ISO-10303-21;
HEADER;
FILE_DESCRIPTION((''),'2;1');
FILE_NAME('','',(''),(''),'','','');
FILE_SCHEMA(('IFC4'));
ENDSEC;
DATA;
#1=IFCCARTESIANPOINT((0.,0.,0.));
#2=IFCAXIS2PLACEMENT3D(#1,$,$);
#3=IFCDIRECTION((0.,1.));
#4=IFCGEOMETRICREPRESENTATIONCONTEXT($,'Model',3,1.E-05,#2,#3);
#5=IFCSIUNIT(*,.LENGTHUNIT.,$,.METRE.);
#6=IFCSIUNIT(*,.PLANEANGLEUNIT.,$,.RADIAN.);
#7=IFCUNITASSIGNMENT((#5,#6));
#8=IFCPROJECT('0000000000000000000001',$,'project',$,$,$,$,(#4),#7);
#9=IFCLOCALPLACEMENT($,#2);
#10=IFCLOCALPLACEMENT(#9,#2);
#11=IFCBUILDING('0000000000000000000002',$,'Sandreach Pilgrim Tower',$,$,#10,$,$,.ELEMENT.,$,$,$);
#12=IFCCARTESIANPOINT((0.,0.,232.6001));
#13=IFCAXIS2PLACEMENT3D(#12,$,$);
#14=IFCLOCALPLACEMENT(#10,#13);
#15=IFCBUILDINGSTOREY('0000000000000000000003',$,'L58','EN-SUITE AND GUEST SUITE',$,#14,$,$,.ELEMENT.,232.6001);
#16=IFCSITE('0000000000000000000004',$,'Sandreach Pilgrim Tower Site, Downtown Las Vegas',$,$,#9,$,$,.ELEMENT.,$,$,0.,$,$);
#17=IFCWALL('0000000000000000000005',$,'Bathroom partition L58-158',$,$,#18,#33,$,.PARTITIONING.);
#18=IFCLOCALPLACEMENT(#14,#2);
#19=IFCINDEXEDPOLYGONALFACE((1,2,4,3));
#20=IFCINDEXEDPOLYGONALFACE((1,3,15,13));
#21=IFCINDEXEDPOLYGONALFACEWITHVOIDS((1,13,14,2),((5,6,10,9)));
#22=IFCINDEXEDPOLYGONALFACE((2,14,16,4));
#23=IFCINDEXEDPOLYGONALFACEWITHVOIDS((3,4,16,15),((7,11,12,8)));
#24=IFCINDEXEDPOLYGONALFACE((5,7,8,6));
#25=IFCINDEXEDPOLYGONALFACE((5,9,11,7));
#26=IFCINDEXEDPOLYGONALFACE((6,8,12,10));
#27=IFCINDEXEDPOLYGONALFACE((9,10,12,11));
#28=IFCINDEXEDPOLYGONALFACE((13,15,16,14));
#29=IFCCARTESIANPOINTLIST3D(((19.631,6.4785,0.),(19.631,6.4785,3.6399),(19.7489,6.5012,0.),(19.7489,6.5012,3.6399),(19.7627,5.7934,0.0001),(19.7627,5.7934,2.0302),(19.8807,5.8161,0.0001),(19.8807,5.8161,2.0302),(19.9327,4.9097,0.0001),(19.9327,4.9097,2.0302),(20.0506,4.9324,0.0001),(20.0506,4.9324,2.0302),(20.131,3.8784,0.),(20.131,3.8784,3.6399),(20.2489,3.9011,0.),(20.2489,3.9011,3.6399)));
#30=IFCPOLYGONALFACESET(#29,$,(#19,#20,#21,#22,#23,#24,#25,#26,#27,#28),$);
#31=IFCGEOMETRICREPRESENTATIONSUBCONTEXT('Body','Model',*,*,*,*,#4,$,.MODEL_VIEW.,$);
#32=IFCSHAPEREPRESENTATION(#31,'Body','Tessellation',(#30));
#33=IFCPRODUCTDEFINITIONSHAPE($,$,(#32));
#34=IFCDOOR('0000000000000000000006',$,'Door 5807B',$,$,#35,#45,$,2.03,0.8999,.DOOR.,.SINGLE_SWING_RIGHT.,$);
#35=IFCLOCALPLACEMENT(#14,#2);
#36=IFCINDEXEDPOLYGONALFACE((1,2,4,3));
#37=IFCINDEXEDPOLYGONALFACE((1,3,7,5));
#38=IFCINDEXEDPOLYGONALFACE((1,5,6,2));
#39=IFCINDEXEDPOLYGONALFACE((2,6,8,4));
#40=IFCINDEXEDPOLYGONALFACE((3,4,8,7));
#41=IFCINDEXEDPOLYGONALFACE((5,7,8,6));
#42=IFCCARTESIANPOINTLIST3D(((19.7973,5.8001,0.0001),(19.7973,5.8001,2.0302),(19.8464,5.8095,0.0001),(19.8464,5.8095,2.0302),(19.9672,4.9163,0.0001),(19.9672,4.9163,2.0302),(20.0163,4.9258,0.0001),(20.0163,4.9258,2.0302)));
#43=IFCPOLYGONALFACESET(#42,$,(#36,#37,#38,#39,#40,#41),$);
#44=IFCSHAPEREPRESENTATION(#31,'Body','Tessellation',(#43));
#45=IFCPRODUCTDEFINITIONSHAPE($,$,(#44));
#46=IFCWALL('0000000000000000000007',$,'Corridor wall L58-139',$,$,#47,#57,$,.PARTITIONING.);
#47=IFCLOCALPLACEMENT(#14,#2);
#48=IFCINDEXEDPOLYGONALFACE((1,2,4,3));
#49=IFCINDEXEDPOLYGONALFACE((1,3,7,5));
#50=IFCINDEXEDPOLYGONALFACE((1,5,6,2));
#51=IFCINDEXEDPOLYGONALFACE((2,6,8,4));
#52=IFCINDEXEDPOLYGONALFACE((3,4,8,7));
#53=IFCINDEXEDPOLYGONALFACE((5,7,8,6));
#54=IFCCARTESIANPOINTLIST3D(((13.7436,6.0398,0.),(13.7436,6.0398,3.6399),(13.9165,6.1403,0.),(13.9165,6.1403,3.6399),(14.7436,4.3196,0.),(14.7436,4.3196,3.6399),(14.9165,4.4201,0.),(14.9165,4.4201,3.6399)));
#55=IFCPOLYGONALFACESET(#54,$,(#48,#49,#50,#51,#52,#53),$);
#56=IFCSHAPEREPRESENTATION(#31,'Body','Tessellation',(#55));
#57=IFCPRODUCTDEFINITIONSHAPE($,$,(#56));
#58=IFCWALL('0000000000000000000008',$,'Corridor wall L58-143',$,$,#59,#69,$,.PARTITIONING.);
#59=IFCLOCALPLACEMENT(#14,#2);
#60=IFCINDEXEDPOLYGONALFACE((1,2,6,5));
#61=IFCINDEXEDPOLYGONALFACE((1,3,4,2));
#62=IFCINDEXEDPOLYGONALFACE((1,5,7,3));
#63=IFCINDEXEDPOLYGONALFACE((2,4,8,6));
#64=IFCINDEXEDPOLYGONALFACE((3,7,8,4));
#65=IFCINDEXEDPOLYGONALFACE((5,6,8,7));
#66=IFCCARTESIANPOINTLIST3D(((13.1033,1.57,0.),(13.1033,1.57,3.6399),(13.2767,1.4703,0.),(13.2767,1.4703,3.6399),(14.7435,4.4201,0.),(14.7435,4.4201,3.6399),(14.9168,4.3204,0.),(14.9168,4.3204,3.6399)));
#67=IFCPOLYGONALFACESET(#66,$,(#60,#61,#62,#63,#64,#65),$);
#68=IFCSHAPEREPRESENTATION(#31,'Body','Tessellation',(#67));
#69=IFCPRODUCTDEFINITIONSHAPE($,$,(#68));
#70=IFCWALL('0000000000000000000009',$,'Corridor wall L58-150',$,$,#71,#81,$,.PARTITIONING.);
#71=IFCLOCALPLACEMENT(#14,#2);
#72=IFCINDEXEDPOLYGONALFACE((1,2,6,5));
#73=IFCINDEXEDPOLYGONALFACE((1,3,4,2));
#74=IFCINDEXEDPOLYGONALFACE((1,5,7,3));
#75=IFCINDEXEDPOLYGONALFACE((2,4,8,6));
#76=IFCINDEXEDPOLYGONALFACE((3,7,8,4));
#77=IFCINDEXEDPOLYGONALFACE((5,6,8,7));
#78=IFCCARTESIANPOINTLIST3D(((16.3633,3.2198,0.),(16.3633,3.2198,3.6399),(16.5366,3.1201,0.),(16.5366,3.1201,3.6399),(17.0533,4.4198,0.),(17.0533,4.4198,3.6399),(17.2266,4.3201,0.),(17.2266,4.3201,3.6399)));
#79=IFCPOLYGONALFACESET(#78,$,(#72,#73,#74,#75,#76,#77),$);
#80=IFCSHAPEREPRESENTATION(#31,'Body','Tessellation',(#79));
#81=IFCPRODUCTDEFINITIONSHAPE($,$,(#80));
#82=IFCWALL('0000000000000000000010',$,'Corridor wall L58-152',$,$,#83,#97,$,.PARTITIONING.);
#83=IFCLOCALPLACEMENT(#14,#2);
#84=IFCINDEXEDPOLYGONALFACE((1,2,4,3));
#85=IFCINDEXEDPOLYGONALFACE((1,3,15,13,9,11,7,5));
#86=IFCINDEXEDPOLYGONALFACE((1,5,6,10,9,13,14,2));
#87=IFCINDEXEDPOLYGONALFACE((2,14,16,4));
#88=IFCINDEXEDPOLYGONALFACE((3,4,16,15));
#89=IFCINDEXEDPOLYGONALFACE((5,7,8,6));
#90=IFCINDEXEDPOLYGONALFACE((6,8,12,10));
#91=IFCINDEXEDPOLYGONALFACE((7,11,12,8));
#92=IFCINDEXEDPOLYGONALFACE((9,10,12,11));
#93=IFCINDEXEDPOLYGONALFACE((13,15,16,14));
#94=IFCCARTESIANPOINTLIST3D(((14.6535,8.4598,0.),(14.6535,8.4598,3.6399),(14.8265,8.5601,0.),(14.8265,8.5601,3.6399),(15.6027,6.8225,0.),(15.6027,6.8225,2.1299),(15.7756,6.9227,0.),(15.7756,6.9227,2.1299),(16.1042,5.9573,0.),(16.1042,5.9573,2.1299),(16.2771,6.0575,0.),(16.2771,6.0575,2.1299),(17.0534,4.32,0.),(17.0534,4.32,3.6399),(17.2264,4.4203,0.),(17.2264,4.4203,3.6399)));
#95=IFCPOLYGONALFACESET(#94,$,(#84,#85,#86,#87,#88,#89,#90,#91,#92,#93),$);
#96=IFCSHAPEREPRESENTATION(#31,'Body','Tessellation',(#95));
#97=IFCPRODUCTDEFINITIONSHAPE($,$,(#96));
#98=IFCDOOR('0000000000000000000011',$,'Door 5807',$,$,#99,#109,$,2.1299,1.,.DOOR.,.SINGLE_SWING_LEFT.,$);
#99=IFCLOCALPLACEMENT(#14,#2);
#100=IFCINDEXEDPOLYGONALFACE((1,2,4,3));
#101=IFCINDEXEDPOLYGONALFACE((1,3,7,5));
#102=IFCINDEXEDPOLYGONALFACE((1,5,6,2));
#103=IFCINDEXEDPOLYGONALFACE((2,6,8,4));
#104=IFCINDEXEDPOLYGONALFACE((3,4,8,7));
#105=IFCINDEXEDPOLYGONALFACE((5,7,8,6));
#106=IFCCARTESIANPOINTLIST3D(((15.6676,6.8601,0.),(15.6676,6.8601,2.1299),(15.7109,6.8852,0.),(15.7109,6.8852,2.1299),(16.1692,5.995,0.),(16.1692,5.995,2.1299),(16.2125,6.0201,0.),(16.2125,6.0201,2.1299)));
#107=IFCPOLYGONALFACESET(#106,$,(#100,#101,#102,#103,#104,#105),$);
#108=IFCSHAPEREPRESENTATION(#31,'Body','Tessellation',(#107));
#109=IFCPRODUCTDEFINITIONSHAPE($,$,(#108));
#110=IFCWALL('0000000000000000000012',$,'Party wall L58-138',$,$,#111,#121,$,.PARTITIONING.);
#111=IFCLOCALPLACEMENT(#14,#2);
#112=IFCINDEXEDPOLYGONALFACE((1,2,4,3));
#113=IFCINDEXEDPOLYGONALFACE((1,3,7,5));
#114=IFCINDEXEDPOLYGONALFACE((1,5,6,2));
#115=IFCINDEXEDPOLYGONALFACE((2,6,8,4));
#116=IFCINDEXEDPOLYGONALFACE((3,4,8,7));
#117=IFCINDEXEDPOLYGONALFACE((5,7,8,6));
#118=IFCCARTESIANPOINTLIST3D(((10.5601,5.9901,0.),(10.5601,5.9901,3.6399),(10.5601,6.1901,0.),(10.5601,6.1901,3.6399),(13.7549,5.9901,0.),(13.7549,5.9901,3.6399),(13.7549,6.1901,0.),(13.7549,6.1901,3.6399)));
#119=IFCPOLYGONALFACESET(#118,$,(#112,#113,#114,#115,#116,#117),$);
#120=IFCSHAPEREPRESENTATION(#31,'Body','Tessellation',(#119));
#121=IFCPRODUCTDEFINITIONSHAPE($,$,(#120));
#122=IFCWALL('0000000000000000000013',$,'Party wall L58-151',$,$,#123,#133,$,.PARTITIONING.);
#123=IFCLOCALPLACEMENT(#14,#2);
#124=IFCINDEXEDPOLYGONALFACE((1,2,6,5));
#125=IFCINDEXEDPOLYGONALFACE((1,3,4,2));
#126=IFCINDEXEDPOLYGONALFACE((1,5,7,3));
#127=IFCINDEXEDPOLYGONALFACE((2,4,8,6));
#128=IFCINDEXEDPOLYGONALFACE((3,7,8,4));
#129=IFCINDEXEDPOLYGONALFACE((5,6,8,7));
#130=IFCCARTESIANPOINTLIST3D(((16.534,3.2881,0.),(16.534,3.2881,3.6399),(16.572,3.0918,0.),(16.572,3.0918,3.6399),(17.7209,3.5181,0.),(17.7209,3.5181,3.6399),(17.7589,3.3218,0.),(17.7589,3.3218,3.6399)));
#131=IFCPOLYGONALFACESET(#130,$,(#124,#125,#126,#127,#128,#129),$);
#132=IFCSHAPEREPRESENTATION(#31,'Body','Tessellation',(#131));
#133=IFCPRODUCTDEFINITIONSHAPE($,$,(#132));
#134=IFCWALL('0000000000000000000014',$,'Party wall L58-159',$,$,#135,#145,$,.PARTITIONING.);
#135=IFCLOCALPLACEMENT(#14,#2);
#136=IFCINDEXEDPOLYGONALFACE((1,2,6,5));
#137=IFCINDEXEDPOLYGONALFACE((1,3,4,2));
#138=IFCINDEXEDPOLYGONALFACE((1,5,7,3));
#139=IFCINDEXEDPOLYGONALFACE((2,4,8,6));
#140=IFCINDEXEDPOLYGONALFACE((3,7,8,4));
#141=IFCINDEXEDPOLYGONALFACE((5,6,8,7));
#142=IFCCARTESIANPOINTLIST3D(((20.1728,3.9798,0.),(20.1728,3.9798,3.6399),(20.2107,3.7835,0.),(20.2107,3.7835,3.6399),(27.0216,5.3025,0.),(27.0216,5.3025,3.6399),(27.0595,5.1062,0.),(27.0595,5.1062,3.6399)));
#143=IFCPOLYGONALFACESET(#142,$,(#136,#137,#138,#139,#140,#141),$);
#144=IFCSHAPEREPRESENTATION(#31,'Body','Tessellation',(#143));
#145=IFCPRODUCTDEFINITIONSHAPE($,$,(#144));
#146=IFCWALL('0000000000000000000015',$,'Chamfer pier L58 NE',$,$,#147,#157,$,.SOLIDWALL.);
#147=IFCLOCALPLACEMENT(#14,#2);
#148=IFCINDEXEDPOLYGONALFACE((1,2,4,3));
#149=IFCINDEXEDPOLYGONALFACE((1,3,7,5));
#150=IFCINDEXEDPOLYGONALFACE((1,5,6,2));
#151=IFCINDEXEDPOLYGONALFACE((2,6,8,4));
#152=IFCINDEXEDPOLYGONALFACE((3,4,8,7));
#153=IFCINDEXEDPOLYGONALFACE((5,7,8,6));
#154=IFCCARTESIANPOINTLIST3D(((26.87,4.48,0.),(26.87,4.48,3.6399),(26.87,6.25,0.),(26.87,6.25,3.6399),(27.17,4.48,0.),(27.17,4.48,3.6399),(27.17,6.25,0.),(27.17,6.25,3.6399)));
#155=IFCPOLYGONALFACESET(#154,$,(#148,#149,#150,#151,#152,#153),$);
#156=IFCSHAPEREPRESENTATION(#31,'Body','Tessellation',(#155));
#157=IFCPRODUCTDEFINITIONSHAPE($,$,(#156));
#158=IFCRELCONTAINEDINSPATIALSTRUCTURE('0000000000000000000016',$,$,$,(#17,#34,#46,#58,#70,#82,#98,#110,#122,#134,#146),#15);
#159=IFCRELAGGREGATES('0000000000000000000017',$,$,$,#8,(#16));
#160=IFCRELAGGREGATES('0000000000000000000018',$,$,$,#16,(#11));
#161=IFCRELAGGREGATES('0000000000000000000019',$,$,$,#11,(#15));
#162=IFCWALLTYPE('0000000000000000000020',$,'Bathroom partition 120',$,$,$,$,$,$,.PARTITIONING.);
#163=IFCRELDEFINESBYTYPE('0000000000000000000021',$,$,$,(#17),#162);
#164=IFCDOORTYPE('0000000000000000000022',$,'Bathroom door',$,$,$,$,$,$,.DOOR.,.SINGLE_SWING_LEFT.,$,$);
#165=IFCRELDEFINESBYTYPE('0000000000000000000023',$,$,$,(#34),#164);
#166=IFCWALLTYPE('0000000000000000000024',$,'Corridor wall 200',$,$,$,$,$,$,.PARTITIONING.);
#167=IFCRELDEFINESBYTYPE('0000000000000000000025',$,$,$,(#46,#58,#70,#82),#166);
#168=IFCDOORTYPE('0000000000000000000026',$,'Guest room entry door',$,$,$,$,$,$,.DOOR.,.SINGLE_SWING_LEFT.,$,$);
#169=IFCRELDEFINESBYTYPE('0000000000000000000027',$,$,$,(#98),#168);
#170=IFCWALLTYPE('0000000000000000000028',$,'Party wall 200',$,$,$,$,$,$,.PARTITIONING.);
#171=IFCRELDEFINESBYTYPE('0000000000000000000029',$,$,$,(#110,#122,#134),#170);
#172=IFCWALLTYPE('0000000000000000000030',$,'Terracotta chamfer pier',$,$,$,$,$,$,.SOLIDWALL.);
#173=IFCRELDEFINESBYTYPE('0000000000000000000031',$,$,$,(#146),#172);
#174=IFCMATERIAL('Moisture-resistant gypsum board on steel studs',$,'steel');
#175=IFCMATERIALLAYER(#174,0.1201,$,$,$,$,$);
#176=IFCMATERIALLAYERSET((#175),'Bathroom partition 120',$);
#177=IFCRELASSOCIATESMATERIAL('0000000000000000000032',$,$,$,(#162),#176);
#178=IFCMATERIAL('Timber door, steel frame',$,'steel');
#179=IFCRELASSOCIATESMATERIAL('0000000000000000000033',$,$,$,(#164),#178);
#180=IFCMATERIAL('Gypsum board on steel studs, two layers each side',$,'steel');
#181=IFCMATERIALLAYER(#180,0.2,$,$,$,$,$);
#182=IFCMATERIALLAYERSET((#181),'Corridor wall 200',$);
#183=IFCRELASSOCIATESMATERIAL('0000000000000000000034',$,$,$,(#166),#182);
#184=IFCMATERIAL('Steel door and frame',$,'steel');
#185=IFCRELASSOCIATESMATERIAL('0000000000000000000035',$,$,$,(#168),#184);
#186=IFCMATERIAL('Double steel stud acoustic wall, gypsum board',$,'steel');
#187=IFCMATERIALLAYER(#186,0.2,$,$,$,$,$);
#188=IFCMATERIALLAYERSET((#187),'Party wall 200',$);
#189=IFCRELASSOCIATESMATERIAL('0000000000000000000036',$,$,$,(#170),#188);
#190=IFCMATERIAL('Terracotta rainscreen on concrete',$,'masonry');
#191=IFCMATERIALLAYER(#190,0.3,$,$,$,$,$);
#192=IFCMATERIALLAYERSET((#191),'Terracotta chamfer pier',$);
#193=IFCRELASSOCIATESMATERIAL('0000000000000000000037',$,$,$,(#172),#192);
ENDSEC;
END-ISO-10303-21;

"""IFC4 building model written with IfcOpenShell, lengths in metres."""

from ifc_helpers import new_model, si_unit, direction, frame, frame_2d, origin, place, context, subcontext, project, spatial, rectangle, extrude, material, layer, layer_set, type_object, element, fill, save


model = new_model("IFC4")

# Units and contexts
model_context = context("Model", 3, precision=1e-05, world=origin(), true_north=direction((0.0, 1.0)))
body_context = subcontext(model_context, "Body", "Model", "MODEL_VIEW")
ifc_project = project(units=[si_unit("LENGTHUNIT", "METRE"), si_unit("PLANEANGLEUNIT", "RADIAN")], contexts=[model_context])

# Site, building, storey
site_placement = place(None, origin())
site = spatial("IfcSite", under=ifc_project, at=site_placement, Name="Sandreach Pilgrim Tower Site, Downtown Las Vegas", CompositionType="ELEMENT", RefElevation=0.0)
building_placement = place(site_placement, origin())
building = spatial("IfcBuilding", under=site, at=building_placement, Name="Sandreach Pilgrim Tower", CompositionType="ELEMENT")
storey_placement = place(building_placement, frame((0.0, 0.0, 232.6001)))
storey = spatial("IfcBuildingStorey", under=building, at=storey_placement, Name="L58", Description="EN-SUITE AND GUEST SUITE", CompositionType="ELEMENT", Elevation=232.6001)

# Shared definitions
ifc_material_1 = material(Name="Moisture-resistant gypsum board on steel studs", Category="steel")
ifc_layer_1 = layer(ifc_material_1, 0.1201)
ifc_layer_set_1 = layer_set([ifc_layer_1], Name="Bathroom partition 120")
wall_type_1 = type_object("IfcWallType", Name="Bathroom partition 120", PredefinedType="PARTITIONING", material=ifc_layer_set_1)

# Wall, opening, door
wall_1_placement = place(storey_placement, frame((20.1899, 3.8899, 0.0), z_axis=(0.0, 0.0, 1.0), x_axis=(-0.188841, 0.982008, 0.0)))
wall_1 = element("IfcWall", 1, at=wall_1_placement, inside=storey, type_object=wall_type_1, Name="Bathroom partition L58-158", PredefinedType="PARTITIONING", context=body_context, shape_type="SweptSolid", body=[
    extrude(rectangle(XDim=2.6477, YDim=0.1201, at=frame_2d((1.3237, 0.0))), origin(), (0.0, 0.0, 1.0), 3.6399),
])
opening_1_placement = place(wall_1_placement, frame((1.05, 0.0, 0.0)))
opening_1 = element("IfcOpeningElement", 2, at=opening_1_placement, cuts=wall_1, PredefinedType="OPENING", context=body_context, shape_type="SweptSolid", body=[
    extrude(rectangle(XDim=0.8999, YDim=2.03, at=frame_2d((0.45, 1.0151))), frame((0.0, 0.0601, 0.0), z_axis=(0.0, -1.0, 0.0), x_axis=(1.0, 0.0, 0.0)), (0.0, 0.0, 1.0), 0.1201),
])
ifc_material_2 = material(Name="Timber door, steel frame", Category="steel")
door_type_1 = type_object("IfcDoorType", Name="Bathroom door", OperationType="SINGLE_SWING_LEFT", PredefinedType="DOOR", material=ifc_material_2)
door_1_placement = place(opening_1_placement, origin())
door_1 = element("IfcDoor", 3, at=door_1_placement, inside=storey, type_object=door_type_1, Name="Door 5807B", OperationType="SINGLE_SWING_RIGHT", OverallHeight=2.03, OverallWidth=0.8999, PredefinedType="DOOR", context=body_context, shape_type="SweptSolid", body=[
    extrude(rectangle(XDim=0.8999, YDim=2.03, at=frame_2d((0.45, 1.0151))), frame((0.0, 0.0249, 0.0), z_axis=(0.0, -1.0, 0.0), x_axis=(1.0, 0.0, 0.0)), (0.0, 0.0, 1.0), 0.05),
])
fill(opening_1, door_1)

# Walls
ifc_material_3 = material(Name="Gypsum board on steel studs, two layers each side", Category="steel")
ifc_layer_2 = layer(ifc_material_3, 0.2)
ifc_layer_set_2 = layer_set([ifc_layer_2], Name="Corridor wall 200")
wall_type_2 = type_object("IfcWallType", Name="Corridor wall 200", PredefinedType="PARTITIONING", material=ifc_layer_set_2)
wall_2_placement = place(storey_placement, frame((13.8301, 6.0901, 0.0), z_axis=(0.0, 0.0, 1.0), x_axis=(0.502574, -0.864534, 0.0)))
element("IfcWall", 4, at=wall_2_placement, inside=storey, type_object=wall_type_2, Name="Corridor wall L58-139", PredefinedType="PARTITIONING", context=body_context, shape_type="SweptSolid", body=[
    extrude(rectangle(XDim=1.9897, YDim=0.2, at=frame_2d((0.9949, 0.0))), origin(), (0.0, 0.0, 1.0), 3.6399),
])
wall_3_placement = place(storey_placement, frame((14.8301, 4.3701, 0.0), z_axis=(0.0, 0.0, 1.0), x_axis=(-0.498775, -0.866731, 0.0)))
element("IfcWall", 5, at=wall_3_placement, inside=storey, type_object=wall_type_2, Name="Corridor wall L58-143", PredefinedType="PARTITIONING", context=body_context, shape_type="SweptSolid", body=[
    extrude(rectangle(XDim=3.2883, YDim=0.2, at=frame_2d((1.644, 0.0))), origin(), (0.0, 0.0, 1.0), 3.6399),
])

# Shared definitions
ifc_material_4 = material(Name="Steel door and frame", Category="steel")
door_type_2 = type_object("IfcDoorType", Name="Guest room entry door", OperationType="SINGLE_SWING_LEFT", PredefinedType="DOOR", material=ifc_material_4)

# Wall
wall_4_placement = place(storey_placement, frame((16.45, 3.1699, 0.0), z_axis=(0.0, 0.0, 1.0), x_axis=(0.498455, 0.866916, 0.0)))
element("IfcWall", 6, at=wall_4_placement, inside=storey, type_object=wall_type_2, Name="Corridor wall L58-150", PredefinedType="PARTITIONING", context=body_context, shape_type="SweptSolid", body=[
    extrude(rectangle(XDim=1.3843, YDim=0.2, at=frame_2d((0.6921, 0.0))), origin(), (0.0, 0.0, 1.0), 3.6399),
])

# Wall, opening, door
wall_5_placement = place(storey_placement, frame((17.1399, 4.3701, 0.0), z_axis=(0.0, 0.0, 1.0), x_axis=(-0.501525, 0.865143, 0.0)))
wall_5 = element("IfcWall", 7, at=wall_5_placement, inside=storey, type_object=wall_type_2, Name="Corridor wall L58-152", PredefinedType="PARTITIONING", context=body_context, shape_type="SweptSolid", body=[
    extrude(rectangle(XDim=4.7852, YDim=0.2, at=frame_2d((2.3926, 0.0))), origin(), (0.0, 0.0, 1.0), 3.6399),
])
opening_2_placement = place(wall_5_placement, frame((1.8926, 0.0, 0.0)))
opening_2 = element("IfcOpeningElement", 8, at=opening_2_placement, cuts=wall_5, PredefinedType="OPENING", context=body_context, shape_type="SweptSolid", body=[
    extrude(rectangle(XDim=1.0, YDim=2.1299, at=frame_2d((0.5, 1.0649))), frame((0.0, 0.1001, 0.0), z_axis=(0.0, -1.0, 0.0), x_axis=(1.0, 0.0, 0.0)), (0.0, 0.0, 1.0), 0.2),
])
door_2_placement = place(opening_2_placement, origin())
door_2 = element("IfcDoor", 9, at=door_2_placement, inside=storey, type_object=door_type_2, Name="Door 5807", OperationType="SINGLE_SWING_LEFT", OverallHeight=2.1299, OverallWidth=1.0, PredefinedType="DOOR", context=body_context, shape_type="SweptSolid", body=[
    extrude(rectangle(XDim=1.0, YDim=2.1299, at=frame_2d((0.5, 1.0649))), frame((0.0, 0.0249, 0.0), z_axis=(0.0, -1.0, 0.0), x_axis=(1.0, 0.0, 0.0)), (0.0, 0.0, 1.0), 0.05),
])
fill(opening_2, door_2)

# Walls
ifc_material_5 = material(Name="Double steel stud acoustic wall, gypsum board", Category="steel")
ifc_layer_3 = layer(ifc_material_5, 0.2)
ifc_layer_set_3 = layer_set([ifc_layer_3], Name="Party wall 200")
wall_type_3 = type_object("IfcWallType", Name="Party wall 200", PredefinedType="PARTITIONING", material=ifc_layer_set_3)
wall_6_placement = place(storey_placement, frame((13.7549, 6.0901, 0.0), z_axis=(0.0, 0.0, 1.0), x_axis=(-1.0, 0.0, 0.0)))
element("IfcWall", 10, at=wall_6_placement, inside=storey, type_object=wall_type_3, Name="Party wall L58-138", PredefinedType="PARTITIONING", context=body_context, shape_type="SweptSolid", body=[
    extrude(rectangle(XDim=3.1948, YDim=0.2, at=frame_2d((1.5974, 0.0))), origin(), (0.0, 0.0, 1.0), 3.6399),
])
wall_7_placement = place(storey_placement, frame((16.553, 3.1899, 0.0), z_axis=(0.0, 0.0, 1.0), x_axis=(0.981743, 0.19021, 0.0)))
element("IfcWall", 11, at=wall_7_placement, inside=storey, type_object=wall_type_3, Name="Party wall L58-151", PredefinedType="PARTITIONING", context=body_context, shape_type="SweptSolid", body=[
    extrude(rectangle(XDim=1.209, YDim=0.2, at=frame_2d((0.6045, 0.0))), origin(), (0.0, 0.0, 1.0), 3.6399),
])
wall_8_placement = place(storey_placement, frame((20.1917, 3.8816, 0.0), z_axis=(0.0, 0.0, 1.0), x_axis=(0.981856, 0.18963, 0.0)))
element("IfcWall", 12, at=wall_8_placement, inside=storey, type_object=wall_type_3, Name="Party wall L58-159", PredefinedType="PARTITIONING", context=body_context, shape_type="SweptSolid", body=[
    extrude(rectangle(XDim=6.9753, YDim=0.2, at=frame_2d((3.4878, 0.0))), origin(), (0.0, 0.0, 1.0), 3.6399),
])
ifc_material_6 = material(Name="Terracotta rainscreen on concrete", Category="masonry")
ifc_layer_4 = layer(ifc_material_6, 0.3)
ifc_layer_set_4 = layer_set([ifc_layer_4], Name="Terracotta chamfer pier")
wall_type_4 = type_object("IfcWallType", Name="Terracotta chamfer pier", PredefinedType="SOLIDWALL", material=ifc_layer_set_4)
wall_9_placement = place(storey_placement, frame((27.02, 6.25, 0.0), z_axis=(0.0, 0.0, 1.0), x_axis=(0.0, -1.0, 0.0)))
element("IfcWall", 13, at=wall_9_placement, inside=storey, type_object=wall_type_4, Name="Chamfer pier L58 NE", PredefinedType="SOLIDWALL", context=body_context, shape_type="SweptSolid", body=[
    extrude(rectangle(XDim=1.77, YDim=0.3, at=frame_2d((0.885, 0.0))), origin(), (0.0, 0.0, 1.0), 3.6399),
])

save(model, "model.ifc")
